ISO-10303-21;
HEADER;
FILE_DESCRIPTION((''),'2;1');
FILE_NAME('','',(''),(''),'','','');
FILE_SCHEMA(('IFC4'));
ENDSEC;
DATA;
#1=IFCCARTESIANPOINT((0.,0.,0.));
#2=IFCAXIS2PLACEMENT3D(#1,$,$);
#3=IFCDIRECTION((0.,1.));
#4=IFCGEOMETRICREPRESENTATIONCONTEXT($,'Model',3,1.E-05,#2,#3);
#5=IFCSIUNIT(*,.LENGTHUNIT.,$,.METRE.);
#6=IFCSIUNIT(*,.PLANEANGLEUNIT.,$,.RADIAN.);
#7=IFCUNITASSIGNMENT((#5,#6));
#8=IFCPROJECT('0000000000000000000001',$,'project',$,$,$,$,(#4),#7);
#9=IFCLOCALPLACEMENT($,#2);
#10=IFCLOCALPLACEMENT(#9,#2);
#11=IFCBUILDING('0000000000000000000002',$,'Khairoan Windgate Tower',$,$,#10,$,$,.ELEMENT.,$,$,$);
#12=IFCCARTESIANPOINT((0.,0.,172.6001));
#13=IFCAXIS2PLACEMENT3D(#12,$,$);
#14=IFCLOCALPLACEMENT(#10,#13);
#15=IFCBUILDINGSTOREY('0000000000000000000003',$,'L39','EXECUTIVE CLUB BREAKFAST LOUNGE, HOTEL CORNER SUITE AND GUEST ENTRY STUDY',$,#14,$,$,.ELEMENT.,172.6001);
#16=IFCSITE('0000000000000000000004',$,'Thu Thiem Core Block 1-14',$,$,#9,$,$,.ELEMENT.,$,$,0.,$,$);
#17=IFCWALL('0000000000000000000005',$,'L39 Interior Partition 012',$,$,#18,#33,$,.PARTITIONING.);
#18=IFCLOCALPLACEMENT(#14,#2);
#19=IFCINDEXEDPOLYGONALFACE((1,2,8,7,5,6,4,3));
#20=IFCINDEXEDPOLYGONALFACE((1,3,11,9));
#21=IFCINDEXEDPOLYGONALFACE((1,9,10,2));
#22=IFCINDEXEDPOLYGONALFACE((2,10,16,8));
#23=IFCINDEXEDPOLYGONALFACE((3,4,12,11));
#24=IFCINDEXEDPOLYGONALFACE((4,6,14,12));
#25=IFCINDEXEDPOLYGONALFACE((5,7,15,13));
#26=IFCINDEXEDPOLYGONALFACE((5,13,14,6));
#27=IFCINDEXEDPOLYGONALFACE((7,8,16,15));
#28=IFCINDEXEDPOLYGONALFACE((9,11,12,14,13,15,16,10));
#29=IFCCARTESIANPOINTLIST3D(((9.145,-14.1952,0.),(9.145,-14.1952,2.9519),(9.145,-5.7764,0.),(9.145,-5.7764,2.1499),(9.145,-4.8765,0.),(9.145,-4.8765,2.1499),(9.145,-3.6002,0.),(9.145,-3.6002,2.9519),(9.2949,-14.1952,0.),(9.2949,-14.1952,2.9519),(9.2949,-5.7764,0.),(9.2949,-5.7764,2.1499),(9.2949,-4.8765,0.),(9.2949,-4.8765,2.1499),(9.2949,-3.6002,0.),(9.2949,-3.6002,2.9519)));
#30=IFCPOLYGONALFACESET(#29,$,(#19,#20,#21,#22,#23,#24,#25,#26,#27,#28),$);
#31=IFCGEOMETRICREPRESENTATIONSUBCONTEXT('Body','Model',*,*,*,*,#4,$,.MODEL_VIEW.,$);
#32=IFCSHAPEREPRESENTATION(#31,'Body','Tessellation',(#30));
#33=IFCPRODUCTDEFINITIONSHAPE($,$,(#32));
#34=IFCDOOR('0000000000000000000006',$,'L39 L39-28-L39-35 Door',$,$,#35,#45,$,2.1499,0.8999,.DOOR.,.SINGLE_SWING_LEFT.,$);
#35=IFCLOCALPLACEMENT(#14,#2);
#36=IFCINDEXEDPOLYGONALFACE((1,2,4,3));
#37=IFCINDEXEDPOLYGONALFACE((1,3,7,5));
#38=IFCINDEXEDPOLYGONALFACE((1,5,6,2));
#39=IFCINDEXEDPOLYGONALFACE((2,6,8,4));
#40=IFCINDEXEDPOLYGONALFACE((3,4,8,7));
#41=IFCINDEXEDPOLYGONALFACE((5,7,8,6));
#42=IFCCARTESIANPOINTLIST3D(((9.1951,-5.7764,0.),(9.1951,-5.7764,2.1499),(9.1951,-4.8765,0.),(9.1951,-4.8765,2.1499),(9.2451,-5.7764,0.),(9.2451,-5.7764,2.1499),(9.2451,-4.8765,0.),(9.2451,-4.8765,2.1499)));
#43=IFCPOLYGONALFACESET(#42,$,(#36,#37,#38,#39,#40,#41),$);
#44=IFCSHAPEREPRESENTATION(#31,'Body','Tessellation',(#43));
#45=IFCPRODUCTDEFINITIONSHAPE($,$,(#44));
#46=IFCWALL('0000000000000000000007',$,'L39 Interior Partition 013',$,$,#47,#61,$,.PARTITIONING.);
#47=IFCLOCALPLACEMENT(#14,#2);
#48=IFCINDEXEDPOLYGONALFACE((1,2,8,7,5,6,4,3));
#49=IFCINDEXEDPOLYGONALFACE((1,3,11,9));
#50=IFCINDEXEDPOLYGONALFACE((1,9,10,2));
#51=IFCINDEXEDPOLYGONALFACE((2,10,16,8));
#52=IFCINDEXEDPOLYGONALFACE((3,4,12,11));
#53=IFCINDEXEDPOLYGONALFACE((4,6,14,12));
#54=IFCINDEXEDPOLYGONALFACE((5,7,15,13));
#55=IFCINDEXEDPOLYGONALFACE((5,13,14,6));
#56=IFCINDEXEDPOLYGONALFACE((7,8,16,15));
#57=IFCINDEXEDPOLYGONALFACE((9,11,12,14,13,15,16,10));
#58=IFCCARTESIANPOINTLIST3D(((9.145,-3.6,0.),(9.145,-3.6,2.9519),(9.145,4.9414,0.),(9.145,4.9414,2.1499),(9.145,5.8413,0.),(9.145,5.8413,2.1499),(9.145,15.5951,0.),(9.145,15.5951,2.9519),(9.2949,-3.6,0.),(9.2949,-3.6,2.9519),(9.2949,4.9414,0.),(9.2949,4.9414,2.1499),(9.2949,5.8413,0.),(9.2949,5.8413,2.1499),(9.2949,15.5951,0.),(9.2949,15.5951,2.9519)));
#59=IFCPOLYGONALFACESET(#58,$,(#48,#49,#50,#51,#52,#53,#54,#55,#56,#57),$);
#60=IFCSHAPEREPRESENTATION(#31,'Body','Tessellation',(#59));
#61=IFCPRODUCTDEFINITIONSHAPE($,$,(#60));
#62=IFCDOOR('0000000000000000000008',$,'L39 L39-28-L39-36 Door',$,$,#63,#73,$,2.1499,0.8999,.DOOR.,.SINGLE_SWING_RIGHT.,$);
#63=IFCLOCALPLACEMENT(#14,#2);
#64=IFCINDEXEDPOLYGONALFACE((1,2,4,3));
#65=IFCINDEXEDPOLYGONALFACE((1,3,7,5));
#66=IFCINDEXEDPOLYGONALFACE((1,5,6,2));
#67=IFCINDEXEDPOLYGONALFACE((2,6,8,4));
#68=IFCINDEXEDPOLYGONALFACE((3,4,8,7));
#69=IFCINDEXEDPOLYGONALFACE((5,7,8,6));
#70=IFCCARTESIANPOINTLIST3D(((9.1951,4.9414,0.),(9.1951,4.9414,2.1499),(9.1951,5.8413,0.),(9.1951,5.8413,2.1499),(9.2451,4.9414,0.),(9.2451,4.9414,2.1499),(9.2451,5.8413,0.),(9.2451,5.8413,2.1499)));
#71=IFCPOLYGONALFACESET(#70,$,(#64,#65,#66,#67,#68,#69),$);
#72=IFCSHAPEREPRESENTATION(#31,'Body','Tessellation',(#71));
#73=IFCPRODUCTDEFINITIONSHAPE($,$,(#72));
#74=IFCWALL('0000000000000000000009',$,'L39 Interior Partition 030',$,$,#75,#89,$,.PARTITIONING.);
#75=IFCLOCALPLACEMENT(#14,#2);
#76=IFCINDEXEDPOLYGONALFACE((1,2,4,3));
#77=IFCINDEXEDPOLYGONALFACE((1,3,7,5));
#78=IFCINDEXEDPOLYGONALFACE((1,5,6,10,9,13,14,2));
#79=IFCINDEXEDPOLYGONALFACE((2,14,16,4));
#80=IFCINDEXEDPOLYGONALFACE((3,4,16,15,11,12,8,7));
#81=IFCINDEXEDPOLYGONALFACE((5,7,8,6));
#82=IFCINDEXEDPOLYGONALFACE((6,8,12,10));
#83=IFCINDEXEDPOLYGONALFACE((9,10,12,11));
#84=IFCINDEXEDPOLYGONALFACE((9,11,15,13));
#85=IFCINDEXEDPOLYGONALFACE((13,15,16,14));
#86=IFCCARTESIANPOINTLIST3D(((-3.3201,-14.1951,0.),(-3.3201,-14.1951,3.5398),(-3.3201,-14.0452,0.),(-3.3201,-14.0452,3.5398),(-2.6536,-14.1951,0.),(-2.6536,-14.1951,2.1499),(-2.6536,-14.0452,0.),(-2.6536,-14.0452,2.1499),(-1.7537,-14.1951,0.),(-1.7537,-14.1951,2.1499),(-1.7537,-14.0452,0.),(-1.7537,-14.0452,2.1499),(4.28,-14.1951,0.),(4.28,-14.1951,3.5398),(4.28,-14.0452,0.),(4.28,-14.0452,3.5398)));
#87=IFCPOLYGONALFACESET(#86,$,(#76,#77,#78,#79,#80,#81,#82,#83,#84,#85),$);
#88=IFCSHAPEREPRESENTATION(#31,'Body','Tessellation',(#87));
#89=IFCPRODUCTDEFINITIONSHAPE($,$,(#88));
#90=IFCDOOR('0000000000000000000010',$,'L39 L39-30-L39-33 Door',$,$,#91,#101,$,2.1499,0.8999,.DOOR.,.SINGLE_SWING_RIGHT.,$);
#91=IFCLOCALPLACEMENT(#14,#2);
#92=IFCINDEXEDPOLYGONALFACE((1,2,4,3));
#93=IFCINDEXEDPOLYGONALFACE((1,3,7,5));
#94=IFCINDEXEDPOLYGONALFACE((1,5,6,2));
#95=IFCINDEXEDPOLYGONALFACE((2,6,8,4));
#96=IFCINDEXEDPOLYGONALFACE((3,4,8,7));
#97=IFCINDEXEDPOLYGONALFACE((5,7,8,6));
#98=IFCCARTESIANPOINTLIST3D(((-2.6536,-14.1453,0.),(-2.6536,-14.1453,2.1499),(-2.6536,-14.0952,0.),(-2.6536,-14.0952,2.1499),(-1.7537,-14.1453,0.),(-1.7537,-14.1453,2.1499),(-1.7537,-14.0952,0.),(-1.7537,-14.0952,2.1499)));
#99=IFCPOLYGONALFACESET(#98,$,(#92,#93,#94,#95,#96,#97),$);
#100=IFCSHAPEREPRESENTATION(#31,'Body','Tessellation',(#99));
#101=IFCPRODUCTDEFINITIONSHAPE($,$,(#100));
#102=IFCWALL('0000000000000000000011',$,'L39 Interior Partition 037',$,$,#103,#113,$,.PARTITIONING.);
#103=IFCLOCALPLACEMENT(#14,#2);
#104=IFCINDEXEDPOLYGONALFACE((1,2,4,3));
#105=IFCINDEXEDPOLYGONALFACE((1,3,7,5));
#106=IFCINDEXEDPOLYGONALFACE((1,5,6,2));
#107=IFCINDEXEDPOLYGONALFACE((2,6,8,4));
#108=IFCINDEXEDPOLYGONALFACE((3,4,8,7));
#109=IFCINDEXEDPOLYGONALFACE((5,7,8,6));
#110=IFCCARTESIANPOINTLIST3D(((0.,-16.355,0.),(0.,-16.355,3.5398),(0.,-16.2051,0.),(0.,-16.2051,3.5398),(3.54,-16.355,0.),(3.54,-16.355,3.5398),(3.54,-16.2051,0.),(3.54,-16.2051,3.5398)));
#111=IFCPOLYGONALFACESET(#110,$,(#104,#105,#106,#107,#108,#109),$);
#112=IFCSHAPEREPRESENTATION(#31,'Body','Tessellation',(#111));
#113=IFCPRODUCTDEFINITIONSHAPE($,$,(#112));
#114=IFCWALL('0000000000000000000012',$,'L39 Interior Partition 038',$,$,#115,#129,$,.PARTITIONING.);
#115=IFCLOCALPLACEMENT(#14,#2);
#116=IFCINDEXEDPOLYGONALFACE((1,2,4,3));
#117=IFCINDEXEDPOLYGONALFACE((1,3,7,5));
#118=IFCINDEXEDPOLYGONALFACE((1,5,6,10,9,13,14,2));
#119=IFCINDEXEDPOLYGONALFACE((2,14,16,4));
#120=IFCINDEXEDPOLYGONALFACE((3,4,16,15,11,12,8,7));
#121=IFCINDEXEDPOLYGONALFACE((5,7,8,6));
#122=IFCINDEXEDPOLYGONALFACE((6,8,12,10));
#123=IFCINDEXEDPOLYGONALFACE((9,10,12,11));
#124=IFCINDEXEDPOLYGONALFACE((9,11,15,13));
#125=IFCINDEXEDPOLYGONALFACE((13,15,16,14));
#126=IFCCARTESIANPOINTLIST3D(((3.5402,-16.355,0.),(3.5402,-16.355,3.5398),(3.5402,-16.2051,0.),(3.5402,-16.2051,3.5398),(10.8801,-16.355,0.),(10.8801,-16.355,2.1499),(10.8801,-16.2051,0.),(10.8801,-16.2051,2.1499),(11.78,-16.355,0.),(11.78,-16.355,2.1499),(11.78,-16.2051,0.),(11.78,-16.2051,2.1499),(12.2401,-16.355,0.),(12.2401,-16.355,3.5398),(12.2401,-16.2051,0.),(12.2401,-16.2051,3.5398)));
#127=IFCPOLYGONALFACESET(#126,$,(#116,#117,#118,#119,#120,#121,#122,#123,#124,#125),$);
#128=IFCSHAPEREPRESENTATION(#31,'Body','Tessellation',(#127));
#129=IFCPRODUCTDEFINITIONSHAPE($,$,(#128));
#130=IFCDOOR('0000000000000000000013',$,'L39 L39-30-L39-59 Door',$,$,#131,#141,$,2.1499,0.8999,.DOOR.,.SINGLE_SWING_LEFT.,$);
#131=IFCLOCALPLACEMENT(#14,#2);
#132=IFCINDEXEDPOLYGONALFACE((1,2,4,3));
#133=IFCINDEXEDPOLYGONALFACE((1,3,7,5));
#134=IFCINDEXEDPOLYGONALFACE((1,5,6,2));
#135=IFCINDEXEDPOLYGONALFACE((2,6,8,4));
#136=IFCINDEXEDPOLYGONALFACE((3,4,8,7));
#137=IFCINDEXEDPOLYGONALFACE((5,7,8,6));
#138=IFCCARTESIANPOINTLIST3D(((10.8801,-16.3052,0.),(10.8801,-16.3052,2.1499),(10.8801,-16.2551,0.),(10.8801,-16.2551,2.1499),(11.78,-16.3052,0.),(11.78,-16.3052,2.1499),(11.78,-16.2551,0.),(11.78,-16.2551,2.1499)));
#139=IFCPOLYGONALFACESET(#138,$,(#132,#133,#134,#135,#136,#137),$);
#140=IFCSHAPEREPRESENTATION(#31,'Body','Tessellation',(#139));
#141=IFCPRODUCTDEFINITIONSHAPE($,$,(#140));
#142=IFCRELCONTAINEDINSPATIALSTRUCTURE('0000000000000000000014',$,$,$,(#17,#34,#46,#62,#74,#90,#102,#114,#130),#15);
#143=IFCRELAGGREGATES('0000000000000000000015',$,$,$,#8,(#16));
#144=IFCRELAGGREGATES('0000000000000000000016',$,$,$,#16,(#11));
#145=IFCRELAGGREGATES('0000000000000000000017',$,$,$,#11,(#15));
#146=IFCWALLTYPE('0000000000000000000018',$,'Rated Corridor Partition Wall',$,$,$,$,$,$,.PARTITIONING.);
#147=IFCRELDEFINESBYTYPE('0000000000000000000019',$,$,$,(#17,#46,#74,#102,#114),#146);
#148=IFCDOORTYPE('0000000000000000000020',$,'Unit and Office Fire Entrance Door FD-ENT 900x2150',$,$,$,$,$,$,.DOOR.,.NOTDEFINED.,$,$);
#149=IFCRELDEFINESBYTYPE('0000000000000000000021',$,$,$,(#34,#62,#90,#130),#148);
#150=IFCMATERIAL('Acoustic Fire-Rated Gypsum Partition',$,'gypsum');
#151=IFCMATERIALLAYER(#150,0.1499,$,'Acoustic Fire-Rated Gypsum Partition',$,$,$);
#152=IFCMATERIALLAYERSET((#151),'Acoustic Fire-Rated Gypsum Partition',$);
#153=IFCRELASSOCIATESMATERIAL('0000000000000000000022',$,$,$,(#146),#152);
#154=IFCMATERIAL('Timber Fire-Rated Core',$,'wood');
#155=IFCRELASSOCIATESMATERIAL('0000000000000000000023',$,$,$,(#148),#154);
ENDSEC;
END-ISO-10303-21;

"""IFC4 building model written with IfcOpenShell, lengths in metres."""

from ifc_helpers import new_model, si_unit, direction, frame, frame_2d, origin, place, context, subcontext, project, spatial, rectangle, extrude, material, layer, layer_set, type_object, element, fill, save


model = new_model("IFC4")

# Units and contexts
model_context = context("Model", 3, precision=1e-05, world=origin(), true_north=direction((0.0, 1.0)))
body_context = subcontext(model_context, "Body", "Model", "MODEL_VIEW")
ifc_project = project(units=[si_unit("LENGTHUNIT", "METRE"), si_unit("PLANEANGLEUNIT", "RADIAN")], contexts=[model_context])

# Site, building, storey
site_placement = place(None, origin())
site = spatial("IfcSite", under=ifc_project, at=site_placement, Name="Thu Thiem Core Block 1-14", CompositionType="ELEMENT", RefElevation=0.0)
building_placement = place(site_placement, origin())
building = spatial("IfcBuilding", under=site, at=building_placement, Name="Khairoan Windgate Tower", CompositionType="ELEMENT")
storey_placement = place(building_placement, frame((0.0, 0.0, 172.6001)))
storey = spatial("IfcBuildingStorey", under=building, at=storey_placement, Name="L39", Description="EXECUTIVE CLUB BREAKFAST LOUNGE, HOTEL CORNER SUITE AND GUEST ENTRY STUDY", CompositionType="ELEMENT", Elevation=172.6001)

# Walls, openings, doors
ifc_material_1 = material(Name="Acoustic Fire-Rated Gypsum Partition", Category="gypsum")
ifc_layer_1 = layer(ifc_material_1, 0.1499, Name="Acoustic Fire-Rated Gypsum Partition")
ifc_layer_set_1 = layer_set([ifc_layer_1], Name="Acoustic Fire-Rated Gypsum Partition")
wall_type_1 = type_object("IfcWallType", Name="Rated Corridor Partition Wall", PredefinedType="PARTITIONING", material=ifc_layer_set_1)
wall_1_placement = place(storey_placement, frame((9.22, -14.1951, 0.0), z_axis=(0.0, 0.0, 1.0), x_axis=(0.0, 1.0, 0.0)))
wall_1 = element("IfcWall", 1, at=wall_1_placement, inside=storey, type_object=wall_type_1, Name="L39 Interior Partition 012", PredefinedType="PARTITIONING", context=body_context, shape_type="SweptSolid", body=[
    extrude(rectangle(XDim=10.595, YDim=0.1499, at=frame_2d((5.2974, 0.0))), origin(), (0.0, 0.0, 1.0), 2.9519),
])
opening_1_placement = place(wall_1_placement, frame((8.4187, 0.0, 0.0)))
opening_1 = element("IfcOpeningElement", 2, at=opening_1_placement, cuts=wall_1, PredefinedType="OPENING", context=body_context, shape_type="SweptSolid", body=[
    extrude(rectangle(XDim=0.8999, YDim=2.1499, at=frame_2d((0.45, 1.075))), frame((0.0, 0.085, 0.0), z_axis=(0.0, -1.0, 0.0), x_axis=(1.0, 0.0, 0.0)), (0.0, 0.0, 1.0), 0.1699),
])
ifc_material_2 = material(Name="Timber Fire-Rated Core", Category="wood")
door_type = type_object("IfcDoorType", Name="Unit and Office Fire Entrance Door FD-ENT 900x2150", OperationType="NOTDEFINED", PredefinedType="DOOR", material=ifc_material_2)
door_1_placement = place(opening_1_placement, origin())
door_1 = element("IfcDoor", 3, at=door_1_placement, inside=storey, type_object=door_type, Name="L39 L39-28-L39-35 Door", OperationType="SINGLE_SWING_LEFT", OverallHeight=2.1499, OverallWidth=0.8999, PredefinedType="DOOR", context=body_context, shape_type="SweptSolid", body=[
    extrude(rectangle(XDim=0.8999, YDim=2.1499, at=frame_2d((0.45, 1.075))), frame((0.0, 0.0249, 0.0), z_axis=(0.0, -1.0, 0.0), x_axis=(1.0, 0.0, 0.0)), (0.0, 0.0, 1.0), 0.05),
])
fill(opening_1, door_1)
wall_2_placement = place(storey_placement, frame((9.22, -3.6001, 0.0), z_axis=(0.0, 0.0, 1.0), x_axis=(0.0, 1.0, 0.0)))
wall_2 = element("IfcWall", 4, at=wall_2_placement, inside=storey, type_object=wall_type_1, Name="L39 Interior Partition 013", PredefinedType="PARTITIONING", context=body_context, shape_type="SweptSolid", body=[
    extrude(rectangle(XDim=19.1951, YDim=0.1499, at=frame_2d((9.5977, 0.0))), origin(), (0.0, 0.0, 1.0), 2.9519),
])
opening_2_placement = place(wall_2_placement, frame((8.5415, 0.0, 0.0)))
opening_2 = element("IfcOpeningElement", 5, at=opening_2_placement, cuts=wall_2, PredefinedType="OPENING", context=body_context, shape_type="SweptSolid", body=[
    extrude(rectangle(XDim=0.8999, YDim=2.1499, at=frame_2d((0.45, 1.075))), frame((0.0, 0.085, 0.0), z_axis=(0.0, -1.0, 0.0), x_axis=(1.0, 0.0, 0.0)), (0.0, 0.0, 1.0), 0.1699),
])
door_2_placement = place(opening_2_placement, origin())
door_2 = element("IfcDoor", 6, at=door_2_placement, inside=storey, type_object=door_type, Name="L39 L39-28-L39-36 Door", OperationType="SINGLE_SWING_RIGHT", OverallHeight=2.1499, OverallWidth=0.8999, PredefinedType="DOOR", context=body_context, shape_type="SweptSolid", body=[
    extrude(rectangle(XDim=0.8999, YDim=2.1499, at=frame_2d((0.45, 1.075))), frame((0.0, 0.0249, 0.0), z_axis=(0.0, -1.0, 0.0), x_axis=(1.0, 0.0, 0.0)), (0.0, 0.0, 1.0), 0.05),
])
fill(opening_2, door_2)
wall_3_placement = place(storey_placement, frame((-3.3201, -14.1201, 0.0), z_axis=(0.0, 0.0, 1.0), x_axis=(1.0, 0.0, 0.0)))
wall_3 = element("IfcWall", 7, at=wall_3_placement, inside=storey, type_object=wall_type_1, Name="L39 Interior Partition 030", PredefinedType="PARTITIONING", context=body_context, shape_type="SweptSolid", body=[
    extrude(rectangle(XDim=7.6001, YDim=0.1499, at=frame_2d((3.8, 0.0))), origin(), (0.0, 0.0, 1.0), 3.5398),
])
opening_3_placement = place(wall_3_placement, frame((0.6665, 0.0, 0.0)))
opening_3 = element("IfcOpeningElement", 8, at=opening_3_placement, cuts=wall_3, PredefinedType="OPENING", context=body_context, shape_type="SweptSolid", body=[
    extrude(rectangle(XDim=0.8999, YDim=2.1499, at=frame_2d((0.45, 1.075))), frame((0.0, 0.085, 0.0), z_axis=(0.0, -1.0, 0.0), x_axis=(1.0, 0.0, 0.0)), (0.0, 0.0, 1.0), 0.1699),
])
door_3_placement = place(opening_3_placement, origin())
door_3 = element("IfcDoor", 9, at=door_3_placement, inside=storey, type_object=door_type, Name="L39 L39-30-L39-33 Door", OperationType="SINGLE_SWING_RIGHT", OverallHeight=2.1499, OverallWidth=0.8999, PredefinedType="DOOR", context=body_context, shape_type="SweptSolid", body=[
    extrude(rectangle(XDim=0.8999, YDim=2.1499, at=frame_2d((0.45, 1.075))), frame((0.0, 0.0249, 0.0), z_axis=(0.0, -1.0, 0.0), x_axis=(1.0, 0.0, 0.0)), (0.0, 0.0, 1.0), 0.05),
])
fill(opening_3, door_3)

# Wall
wall_4_placement = place(storey_placement, frame((0.0, -16.28, 0.0), z_axis=(0.0, 0.0, 1.0), x_axis=(1.0, 0.0, 0.0)))
element("IfcWall", 10, at=wall_4_placement, inside=storey, type_object=wall_type_1, Name="L39 Interior Partition 037", PredefinedType="PARTITIONING", context=body_context, shape_type="SweptSolid", body=[
    extrude(rectangle(XDim=3.54, YDim=0.1499, at=frame_2d((1.77, 0.0))), origin(), (0.0, 0.0, 1.0), 3.5398),
])

# Wall, opening, door
wall_5_placement = place(storey_placement, frame((3.54, -16.28, 0.0), z_axis=(0.0, 0.0, 1.0), x_axis=(1.0, 0.0, 0.0)))
wall_5 = element("IfcWall", 11, at=wall_5_placement, inside=storey, type_object=wall_type_1, Name="L39 Interior Partition 038", PredefinedType="PARTITIONING", context=body_context, shape_type="SweptSolid", body=[
    extrude(rectangle(XDim=8.7, YDim=0.1499, at=frame_2d((4.3501, 0.0))), origin(), (0.0, 0.0, 1.0), 3.5398),
])
opening_4_placement = place(wall_5_placement, frame((7.3401, 0.0, 0.0)))
opening_4 = element("IfcOpeningElement", 12, at=opening_4_placement, cuts=wall_5, PredefinedType="OPENING", context=body_context, shape_type="SweptSolid", body=[
    extrude(rectangle(XDim=0.8999, YDim=2.1499, at=frame_2d((0.45, 1.075))), frame((0.0, 0.085, 0.0), z_axis=(0.0, -1.0, 0.0), x_axis=(1.0, 0.0, 0.0)), (0.0, 0.0, 1.0), 0.1699),
])
door_4_placement = place(opening_4_placement, origin())
door_4 = element("IfcDoor", 13, at=door_4_placement, inside=storey, type_object=door_type, Name="L39 L39-30-L39-59 Door", OperationType="SINGLE_SWING_LEFT", OverallHeight=2.1499, OverallWidth=0.8999, PredefinedType="DOOR", context=body_context, shape_type="SweptSolid", body=[
    extrude(rectangle(XDim=0.8999, YDim=2.1499, at=frame_2d((0.45, 1.075))), frame((0.0, 0.0249, 0.0), z_axis=(0.0, -1.0, 0.0), x_axis=(1.0, 0.0, 0.0)), (0.0, 0.0, 1.0), 0.05),
])
fill(opening_4, door_4)

save(model, "model.ifc")
